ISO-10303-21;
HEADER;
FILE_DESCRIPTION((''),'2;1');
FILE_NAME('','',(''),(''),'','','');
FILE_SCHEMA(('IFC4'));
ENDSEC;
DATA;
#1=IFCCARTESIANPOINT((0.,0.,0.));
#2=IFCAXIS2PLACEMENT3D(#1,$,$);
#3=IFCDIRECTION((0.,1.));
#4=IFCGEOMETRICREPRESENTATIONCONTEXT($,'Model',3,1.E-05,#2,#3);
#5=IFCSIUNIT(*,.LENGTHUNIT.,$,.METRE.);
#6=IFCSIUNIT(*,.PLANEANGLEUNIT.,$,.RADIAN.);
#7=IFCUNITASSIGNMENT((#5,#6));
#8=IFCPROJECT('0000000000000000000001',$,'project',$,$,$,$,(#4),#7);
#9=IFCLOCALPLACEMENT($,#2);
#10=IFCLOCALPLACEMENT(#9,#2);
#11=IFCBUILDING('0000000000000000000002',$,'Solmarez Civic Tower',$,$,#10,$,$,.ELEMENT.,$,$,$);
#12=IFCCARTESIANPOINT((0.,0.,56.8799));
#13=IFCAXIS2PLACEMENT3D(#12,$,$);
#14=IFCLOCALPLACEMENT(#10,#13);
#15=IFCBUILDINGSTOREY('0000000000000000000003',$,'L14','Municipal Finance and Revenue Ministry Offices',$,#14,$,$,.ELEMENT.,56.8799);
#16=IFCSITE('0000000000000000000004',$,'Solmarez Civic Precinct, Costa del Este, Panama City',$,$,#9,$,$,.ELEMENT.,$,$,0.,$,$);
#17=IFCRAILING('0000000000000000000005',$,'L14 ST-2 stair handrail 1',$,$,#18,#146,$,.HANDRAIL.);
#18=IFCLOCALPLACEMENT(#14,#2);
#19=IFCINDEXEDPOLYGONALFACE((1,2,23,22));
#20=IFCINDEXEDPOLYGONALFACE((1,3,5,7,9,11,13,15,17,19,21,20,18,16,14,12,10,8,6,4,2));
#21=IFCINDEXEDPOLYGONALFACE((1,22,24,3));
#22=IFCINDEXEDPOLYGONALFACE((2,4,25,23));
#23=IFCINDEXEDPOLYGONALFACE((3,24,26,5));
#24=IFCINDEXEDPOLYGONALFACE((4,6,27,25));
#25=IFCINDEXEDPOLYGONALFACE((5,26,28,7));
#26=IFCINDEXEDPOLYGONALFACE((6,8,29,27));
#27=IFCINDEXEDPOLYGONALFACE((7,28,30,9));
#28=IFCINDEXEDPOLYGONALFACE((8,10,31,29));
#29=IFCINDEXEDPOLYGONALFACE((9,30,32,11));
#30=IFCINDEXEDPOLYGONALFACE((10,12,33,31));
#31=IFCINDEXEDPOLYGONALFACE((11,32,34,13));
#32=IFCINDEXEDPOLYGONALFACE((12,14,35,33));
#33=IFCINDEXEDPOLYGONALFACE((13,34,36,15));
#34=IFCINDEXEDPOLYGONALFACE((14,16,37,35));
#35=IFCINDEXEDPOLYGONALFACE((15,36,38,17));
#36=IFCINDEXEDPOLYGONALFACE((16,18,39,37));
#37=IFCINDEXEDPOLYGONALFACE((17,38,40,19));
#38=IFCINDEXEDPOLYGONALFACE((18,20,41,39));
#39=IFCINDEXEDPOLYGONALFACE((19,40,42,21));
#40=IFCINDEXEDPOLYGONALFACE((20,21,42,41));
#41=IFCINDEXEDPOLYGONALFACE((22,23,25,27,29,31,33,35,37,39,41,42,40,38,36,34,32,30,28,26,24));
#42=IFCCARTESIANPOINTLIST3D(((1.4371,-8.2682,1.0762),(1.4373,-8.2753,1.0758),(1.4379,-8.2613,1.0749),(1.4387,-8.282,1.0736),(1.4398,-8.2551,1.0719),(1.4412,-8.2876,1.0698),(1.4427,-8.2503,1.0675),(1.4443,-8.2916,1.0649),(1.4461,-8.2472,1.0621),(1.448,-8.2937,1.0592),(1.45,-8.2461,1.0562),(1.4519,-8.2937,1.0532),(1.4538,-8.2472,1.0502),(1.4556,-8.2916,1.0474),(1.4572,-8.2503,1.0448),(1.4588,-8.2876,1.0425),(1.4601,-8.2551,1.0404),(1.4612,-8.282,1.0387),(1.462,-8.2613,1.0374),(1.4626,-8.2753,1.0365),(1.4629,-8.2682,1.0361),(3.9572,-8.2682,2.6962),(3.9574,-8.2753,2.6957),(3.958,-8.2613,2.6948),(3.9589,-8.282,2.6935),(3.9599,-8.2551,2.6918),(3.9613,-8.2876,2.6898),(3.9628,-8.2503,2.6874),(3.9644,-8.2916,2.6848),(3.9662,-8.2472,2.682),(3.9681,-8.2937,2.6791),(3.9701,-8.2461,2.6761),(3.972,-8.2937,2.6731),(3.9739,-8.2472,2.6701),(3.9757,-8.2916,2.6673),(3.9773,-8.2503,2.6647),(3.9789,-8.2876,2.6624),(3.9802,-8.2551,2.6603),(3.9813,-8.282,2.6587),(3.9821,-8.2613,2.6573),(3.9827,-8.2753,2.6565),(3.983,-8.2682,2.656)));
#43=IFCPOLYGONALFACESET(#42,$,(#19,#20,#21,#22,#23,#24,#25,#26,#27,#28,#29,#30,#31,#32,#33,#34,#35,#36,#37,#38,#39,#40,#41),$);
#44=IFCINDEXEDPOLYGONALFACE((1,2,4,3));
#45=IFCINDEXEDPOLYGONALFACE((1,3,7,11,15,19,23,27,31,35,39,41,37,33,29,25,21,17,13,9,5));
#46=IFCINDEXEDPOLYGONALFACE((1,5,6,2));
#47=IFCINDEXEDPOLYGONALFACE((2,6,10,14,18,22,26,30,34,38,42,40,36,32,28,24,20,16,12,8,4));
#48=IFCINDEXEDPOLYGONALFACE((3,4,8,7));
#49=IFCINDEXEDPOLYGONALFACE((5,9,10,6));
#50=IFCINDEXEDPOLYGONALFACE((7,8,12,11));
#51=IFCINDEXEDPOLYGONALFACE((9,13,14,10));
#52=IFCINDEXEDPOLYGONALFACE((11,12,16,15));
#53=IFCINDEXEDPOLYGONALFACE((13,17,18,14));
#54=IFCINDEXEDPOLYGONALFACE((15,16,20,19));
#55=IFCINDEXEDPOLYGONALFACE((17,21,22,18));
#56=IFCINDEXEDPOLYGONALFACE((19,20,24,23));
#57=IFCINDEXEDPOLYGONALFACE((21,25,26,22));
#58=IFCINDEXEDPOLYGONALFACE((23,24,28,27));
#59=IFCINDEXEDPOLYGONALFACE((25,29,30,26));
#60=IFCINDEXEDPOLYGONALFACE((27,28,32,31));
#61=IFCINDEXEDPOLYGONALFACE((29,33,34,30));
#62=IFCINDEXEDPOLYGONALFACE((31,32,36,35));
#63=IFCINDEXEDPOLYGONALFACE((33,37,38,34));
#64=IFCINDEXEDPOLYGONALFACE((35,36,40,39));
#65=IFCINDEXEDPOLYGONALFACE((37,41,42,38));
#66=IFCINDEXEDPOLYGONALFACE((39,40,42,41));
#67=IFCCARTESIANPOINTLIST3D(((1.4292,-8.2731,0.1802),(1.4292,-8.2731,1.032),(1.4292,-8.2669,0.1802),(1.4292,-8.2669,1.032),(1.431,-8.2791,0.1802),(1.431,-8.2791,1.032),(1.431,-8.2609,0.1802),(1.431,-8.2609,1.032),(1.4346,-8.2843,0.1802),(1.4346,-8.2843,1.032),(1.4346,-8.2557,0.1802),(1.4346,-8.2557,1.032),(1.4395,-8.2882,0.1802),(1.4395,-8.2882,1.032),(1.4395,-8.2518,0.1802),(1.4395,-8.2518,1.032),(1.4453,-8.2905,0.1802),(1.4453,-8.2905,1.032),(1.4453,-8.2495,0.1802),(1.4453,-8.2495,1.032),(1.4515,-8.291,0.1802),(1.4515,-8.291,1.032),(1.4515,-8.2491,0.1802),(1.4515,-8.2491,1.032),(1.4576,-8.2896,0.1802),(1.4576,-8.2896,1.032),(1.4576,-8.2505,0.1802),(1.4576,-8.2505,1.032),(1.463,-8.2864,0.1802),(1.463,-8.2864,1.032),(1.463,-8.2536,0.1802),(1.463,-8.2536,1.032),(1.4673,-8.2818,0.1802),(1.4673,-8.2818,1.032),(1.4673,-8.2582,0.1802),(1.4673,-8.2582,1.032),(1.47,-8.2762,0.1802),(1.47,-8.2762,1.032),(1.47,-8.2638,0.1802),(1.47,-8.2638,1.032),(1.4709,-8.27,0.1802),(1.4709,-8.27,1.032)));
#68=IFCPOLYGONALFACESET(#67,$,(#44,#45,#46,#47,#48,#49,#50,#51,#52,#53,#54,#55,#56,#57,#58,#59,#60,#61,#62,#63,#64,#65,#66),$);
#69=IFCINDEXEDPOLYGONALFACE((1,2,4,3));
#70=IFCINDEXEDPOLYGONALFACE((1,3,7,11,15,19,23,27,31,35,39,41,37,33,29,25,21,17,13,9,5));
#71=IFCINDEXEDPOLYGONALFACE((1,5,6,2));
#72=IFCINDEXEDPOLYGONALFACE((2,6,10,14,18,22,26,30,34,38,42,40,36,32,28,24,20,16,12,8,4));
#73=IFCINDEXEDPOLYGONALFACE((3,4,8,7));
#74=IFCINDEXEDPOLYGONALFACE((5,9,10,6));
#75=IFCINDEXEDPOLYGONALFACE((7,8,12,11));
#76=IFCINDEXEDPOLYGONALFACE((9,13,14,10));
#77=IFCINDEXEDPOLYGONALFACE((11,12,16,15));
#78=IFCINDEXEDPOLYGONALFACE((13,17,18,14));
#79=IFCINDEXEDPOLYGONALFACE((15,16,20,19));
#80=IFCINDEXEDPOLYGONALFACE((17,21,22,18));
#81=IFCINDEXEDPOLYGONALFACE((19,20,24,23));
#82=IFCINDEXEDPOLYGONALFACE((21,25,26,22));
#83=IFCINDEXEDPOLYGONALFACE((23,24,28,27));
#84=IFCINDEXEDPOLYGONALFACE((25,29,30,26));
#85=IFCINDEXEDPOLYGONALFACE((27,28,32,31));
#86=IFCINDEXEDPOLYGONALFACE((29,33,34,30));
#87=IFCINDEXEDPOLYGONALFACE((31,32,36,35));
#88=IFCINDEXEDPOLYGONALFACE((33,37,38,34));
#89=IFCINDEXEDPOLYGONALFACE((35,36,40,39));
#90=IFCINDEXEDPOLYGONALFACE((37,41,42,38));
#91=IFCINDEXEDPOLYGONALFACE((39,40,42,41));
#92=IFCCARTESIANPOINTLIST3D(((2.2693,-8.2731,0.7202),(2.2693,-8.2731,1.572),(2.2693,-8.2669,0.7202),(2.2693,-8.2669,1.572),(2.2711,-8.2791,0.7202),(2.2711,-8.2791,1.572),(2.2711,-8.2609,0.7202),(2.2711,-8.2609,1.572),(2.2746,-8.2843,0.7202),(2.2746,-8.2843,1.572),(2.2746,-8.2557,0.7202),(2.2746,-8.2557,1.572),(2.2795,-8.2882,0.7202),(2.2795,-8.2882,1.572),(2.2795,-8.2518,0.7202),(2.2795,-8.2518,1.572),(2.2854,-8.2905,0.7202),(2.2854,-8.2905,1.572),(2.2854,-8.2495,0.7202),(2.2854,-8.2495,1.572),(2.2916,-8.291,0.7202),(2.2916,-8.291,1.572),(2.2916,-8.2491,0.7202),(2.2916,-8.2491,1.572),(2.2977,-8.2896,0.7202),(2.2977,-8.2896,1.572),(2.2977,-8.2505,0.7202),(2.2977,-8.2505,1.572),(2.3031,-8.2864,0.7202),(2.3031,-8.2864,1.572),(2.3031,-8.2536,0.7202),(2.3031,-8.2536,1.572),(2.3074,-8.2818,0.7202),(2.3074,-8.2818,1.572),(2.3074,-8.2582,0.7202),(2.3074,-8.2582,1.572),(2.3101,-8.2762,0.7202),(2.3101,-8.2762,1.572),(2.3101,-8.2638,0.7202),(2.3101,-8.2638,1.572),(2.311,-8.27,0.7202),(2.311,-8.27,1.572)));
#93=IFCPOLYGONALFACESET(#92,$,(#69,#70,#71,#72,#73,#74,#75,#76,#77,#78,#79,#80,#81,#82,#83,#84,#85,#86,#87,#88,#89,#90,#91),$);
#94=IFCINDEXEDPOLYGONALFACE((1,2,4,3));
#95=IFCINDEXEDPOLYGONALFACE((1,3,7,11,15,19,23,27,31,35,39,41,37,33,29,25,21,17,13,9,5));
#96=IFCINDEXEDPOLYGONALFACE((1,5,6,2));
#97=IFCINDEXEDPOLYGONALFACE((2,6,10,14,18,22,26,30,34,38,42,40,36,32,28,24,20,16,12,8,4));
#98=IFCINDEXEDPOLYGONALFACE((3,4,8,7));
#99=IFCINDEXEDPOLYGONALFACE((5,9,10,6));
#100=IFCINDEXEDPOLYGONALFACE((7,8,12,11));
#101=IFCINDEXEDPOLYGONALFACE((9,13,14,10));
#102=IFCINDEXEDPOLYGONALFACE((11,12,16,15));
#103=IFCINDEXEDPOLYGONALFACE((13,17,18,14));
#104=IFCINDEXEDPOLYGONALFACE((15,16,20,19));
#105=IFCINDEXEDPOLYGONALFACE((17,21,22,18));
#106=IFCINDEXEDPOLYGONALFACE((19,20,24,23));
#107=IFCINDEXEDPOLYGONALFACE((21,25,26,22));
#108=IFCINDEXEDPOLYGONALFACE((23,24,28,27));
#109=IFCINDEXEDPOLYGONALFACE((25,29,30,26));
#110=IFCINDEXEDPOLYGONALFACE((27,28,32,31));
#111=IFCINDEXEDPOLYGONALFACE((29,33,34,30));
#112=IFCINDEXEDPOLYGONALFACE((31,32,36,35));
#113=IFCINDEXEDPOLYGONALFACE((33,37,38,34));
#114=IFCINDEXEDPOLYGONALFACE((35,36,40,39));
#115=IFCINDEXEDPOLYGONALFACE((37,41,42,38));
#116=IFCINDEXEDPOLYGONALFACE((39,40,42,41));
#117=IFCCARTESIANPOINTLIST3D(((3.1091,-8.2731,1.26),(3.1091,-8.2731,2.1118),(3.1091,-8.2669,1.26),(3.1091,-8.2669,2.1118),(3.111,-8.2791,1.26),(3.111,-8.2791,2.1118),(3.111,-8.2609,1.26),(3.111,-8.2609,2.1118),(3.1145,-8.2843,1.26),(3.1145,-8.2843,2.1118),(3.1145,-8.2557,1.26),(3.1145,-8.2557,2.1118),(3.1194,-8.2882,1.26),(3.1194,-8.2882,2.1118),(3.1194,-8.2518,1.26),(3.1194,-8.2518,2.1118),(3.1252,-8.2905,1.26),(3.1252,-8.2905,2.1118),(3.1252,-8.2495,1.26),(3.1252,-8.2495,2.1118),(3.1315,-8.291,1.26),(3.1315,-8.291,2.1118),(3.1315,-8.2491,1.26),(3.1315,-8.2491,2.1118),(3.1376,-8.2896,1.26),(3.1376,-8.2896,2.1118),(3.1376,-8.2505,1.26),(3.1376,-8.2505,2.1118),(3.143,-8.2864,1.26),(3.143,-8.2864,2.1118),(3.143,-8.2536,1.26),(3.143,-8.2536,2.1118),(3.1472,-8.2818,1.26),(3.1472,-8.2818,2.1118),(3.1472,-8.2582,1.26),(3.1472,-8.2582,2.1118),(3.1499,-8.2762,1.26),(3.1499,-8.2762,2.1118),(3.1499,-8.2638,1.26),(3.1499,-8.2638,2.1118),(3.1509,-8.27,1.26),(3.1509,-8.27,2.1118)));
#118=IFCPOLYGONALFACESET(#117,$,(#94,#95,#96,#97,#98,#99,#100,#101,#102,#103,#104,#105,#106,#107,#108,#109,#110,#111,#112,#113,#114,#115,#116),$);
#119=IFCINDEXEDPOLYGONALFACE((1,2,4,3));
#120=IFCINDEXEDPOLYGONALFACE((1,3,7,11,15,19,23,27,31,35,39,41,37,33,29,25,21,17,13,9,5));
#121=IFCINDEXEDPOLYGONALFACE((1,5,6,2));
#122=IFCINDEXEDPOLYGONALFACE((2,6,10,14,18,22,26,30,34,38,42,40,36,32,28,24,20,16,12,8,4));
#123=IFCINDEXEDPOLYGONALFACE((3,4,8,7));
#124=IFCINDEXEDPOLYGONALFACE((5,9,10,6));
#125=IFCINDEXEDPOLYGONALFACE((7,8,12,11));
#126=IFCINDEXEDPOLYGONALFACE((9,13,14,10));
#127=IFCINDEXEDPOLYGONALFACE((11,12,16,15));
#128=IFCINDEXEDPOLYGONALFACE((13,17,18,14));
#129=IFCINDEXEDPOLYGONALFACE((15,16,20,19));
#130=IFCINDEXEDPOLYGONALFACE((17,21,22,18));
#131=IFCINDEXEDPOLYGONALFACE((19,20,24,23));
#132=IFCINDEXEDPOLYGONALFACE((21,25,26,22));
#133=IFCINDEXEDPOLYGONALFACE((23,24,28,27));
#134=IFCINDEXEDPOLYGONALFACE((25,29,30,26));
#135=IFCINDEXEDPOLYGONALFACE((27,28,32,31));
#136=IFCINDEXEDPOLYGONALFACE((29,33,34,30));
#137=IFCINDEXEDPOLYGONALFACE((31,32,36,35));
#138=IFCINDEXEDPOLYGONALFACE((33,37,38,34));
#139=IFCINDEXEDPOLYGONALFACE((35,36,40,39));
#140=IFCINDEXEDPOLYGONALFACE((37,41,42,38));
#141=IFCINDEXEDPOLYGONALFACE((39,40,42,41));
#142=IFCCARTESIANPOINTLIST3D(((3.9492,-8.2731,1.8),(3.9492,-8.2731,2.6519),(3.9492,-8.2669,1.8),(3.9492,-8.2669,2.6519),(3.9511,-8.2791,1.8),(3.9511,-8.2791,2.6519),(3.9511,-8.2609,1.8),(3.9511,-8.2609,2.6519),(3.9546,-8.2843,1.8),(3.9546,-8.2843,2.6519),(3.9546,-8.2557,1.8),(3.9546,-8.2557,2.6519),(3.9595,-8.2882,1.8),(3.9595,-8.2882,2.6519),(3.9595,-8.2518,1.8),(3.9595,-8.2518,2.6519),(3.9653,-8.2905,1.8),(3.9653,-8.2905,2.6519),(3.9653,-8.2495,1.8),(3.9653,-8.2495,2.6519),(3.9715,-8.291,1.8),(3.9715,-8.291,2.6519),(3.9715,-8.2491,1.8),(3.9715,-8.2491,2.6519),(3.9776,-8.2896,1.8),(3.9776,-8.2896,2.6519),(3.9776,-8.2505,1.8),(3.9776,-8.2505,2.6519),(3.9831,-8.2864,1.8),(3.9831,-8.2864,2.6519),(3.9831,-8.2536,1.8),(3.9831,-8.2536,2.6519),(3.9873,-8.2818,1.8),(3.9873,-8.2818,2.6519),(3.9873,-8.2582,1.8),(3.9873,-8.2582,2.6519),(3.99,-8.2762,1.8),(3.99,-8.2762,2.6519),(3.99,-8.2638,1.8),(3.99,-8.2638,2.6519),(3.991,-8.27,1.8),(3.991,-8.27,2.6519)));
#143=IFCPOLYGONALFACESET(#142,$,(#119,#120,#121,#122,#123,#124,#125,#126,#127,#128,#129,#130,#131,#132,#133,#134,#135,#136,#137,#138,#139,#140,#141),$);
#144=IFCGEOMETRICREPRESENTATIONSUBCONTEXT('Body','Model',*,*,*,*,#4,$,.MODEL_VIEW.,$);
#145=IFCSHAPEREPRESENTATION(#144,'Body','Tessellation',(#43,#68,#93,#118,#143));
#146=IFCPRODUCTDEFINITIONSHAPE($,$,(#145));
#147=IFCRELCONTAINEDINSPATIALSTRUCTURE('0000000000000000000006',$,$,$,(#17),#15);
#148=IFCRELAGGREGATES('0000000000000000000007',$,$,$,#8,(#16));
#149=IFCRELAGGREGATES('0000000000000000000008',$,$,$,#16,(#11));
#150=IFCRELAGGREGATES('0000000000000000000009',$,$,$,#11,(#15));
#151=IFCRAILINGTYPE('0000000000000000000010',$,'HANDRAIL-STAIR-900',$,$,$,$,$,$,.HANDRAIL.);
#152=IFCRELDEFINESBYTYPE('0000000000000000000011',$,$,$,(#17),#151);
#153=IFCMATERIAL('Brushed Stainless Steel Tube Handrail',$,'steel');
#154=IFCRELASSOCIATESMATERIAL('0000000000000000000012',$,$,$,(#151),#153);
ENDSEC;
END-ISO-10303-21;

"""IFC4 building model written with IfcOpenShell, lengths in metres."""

from ifc_helpers import new_model, si_unit, direction, frame, origin, origin_2d, place, context, subcontext, project, spatial, circle, extrude, material, type_object, element, save


model = new_model("IFC4")

# Units and contexts
model_context = context("Model", 3, precision=1e-05, world=origin(), true_north=direction((0.0, 1.0)))
body_context = subcontext(model_context, "Body", "Model", "MODEL_VIEW")
ifc_project = project(units=[si_unit("LENGTHUNIT", "METRE"), si_unit("PLANEANGLEUNIT", "RADIAN")], contexts=[model_context])

# Site, building, storey
site_placement = place(None, origin())
site = spatial("IfcSite", under=ifc_project, at=site_placement, Name="Solmarez Civic Precinct, Costa del Este, Panama City", CompositionType="ELEMENT", RefElevation=0.0)
building_placement = place(site_placement, origin())
building = spatial("IfcBuilding", under=site, at=building_placement, Name="Solmarez Civic Tower", CompositionType="ELEMENT")
storey_placement = place(building_placement, frame((0.0, 0.0, 56.8799)))
storey = spatial("IfcBuildingStorey", under=building, at=storey_placement, Name="L14", Description="Municipal Finance and Revenue Ministry Offices", CompositionType="ELEMENT", Elevation=56.8799)

# Railing
ifc_material_1 = material(Name="Brushed Stainless Steel Tube Handrail", Category="steel")
railing_type_1 = type_object("IfcRailingType", Name="HANDRAIL-STAIR-900", PredefinedType="HANDRAIL", material=ifc_material_1)
railing_1_placement = place(storey_placement, frame((1.45, -8.27, 0.1802)))
element("IfcRailing", 1, at=railing_1_placement, inside=storey, type_object=railing_type_1, Name="L14 ST-2 stair handrail 1", PredefinedType="HANDRAIL", context=body_context, shape_type="SweptSolid", body=[
    extrude(circle(Radius=0.0239, at=origin_2d()), frame((0.0, 0.0, 0.876), z_axis=(0.8412, 0.0, 0.540725), x_axis=(0.0, 1.0, 0.0)), (0.0, 0.0, 1.0), 2.9958),
    extrude(circle(Radius=0.021, at=origin_2d()), origin(), (0.0, 0.0, 1.0), 0.8518),
    extrude(circle(Radius=0.021, at=origin_2d()), frame((0.8401, 0.0, 0.54)), (0.0, 0.0, 1.0), 0.8518),
    extrude(circle(Radius=0.021, at=origin_2d()), frame((1.6799, 0.0, 1.0798)), (0.0, 0.0, 1.0), 0.8518),
    extrude(circle(Radius=0.021, at=origin_2d()), frame((2.52, 0.0, 1.6199)), (0.0, 0.0, 1.0), 0.8518),
])

save(model, "model.ifc")
